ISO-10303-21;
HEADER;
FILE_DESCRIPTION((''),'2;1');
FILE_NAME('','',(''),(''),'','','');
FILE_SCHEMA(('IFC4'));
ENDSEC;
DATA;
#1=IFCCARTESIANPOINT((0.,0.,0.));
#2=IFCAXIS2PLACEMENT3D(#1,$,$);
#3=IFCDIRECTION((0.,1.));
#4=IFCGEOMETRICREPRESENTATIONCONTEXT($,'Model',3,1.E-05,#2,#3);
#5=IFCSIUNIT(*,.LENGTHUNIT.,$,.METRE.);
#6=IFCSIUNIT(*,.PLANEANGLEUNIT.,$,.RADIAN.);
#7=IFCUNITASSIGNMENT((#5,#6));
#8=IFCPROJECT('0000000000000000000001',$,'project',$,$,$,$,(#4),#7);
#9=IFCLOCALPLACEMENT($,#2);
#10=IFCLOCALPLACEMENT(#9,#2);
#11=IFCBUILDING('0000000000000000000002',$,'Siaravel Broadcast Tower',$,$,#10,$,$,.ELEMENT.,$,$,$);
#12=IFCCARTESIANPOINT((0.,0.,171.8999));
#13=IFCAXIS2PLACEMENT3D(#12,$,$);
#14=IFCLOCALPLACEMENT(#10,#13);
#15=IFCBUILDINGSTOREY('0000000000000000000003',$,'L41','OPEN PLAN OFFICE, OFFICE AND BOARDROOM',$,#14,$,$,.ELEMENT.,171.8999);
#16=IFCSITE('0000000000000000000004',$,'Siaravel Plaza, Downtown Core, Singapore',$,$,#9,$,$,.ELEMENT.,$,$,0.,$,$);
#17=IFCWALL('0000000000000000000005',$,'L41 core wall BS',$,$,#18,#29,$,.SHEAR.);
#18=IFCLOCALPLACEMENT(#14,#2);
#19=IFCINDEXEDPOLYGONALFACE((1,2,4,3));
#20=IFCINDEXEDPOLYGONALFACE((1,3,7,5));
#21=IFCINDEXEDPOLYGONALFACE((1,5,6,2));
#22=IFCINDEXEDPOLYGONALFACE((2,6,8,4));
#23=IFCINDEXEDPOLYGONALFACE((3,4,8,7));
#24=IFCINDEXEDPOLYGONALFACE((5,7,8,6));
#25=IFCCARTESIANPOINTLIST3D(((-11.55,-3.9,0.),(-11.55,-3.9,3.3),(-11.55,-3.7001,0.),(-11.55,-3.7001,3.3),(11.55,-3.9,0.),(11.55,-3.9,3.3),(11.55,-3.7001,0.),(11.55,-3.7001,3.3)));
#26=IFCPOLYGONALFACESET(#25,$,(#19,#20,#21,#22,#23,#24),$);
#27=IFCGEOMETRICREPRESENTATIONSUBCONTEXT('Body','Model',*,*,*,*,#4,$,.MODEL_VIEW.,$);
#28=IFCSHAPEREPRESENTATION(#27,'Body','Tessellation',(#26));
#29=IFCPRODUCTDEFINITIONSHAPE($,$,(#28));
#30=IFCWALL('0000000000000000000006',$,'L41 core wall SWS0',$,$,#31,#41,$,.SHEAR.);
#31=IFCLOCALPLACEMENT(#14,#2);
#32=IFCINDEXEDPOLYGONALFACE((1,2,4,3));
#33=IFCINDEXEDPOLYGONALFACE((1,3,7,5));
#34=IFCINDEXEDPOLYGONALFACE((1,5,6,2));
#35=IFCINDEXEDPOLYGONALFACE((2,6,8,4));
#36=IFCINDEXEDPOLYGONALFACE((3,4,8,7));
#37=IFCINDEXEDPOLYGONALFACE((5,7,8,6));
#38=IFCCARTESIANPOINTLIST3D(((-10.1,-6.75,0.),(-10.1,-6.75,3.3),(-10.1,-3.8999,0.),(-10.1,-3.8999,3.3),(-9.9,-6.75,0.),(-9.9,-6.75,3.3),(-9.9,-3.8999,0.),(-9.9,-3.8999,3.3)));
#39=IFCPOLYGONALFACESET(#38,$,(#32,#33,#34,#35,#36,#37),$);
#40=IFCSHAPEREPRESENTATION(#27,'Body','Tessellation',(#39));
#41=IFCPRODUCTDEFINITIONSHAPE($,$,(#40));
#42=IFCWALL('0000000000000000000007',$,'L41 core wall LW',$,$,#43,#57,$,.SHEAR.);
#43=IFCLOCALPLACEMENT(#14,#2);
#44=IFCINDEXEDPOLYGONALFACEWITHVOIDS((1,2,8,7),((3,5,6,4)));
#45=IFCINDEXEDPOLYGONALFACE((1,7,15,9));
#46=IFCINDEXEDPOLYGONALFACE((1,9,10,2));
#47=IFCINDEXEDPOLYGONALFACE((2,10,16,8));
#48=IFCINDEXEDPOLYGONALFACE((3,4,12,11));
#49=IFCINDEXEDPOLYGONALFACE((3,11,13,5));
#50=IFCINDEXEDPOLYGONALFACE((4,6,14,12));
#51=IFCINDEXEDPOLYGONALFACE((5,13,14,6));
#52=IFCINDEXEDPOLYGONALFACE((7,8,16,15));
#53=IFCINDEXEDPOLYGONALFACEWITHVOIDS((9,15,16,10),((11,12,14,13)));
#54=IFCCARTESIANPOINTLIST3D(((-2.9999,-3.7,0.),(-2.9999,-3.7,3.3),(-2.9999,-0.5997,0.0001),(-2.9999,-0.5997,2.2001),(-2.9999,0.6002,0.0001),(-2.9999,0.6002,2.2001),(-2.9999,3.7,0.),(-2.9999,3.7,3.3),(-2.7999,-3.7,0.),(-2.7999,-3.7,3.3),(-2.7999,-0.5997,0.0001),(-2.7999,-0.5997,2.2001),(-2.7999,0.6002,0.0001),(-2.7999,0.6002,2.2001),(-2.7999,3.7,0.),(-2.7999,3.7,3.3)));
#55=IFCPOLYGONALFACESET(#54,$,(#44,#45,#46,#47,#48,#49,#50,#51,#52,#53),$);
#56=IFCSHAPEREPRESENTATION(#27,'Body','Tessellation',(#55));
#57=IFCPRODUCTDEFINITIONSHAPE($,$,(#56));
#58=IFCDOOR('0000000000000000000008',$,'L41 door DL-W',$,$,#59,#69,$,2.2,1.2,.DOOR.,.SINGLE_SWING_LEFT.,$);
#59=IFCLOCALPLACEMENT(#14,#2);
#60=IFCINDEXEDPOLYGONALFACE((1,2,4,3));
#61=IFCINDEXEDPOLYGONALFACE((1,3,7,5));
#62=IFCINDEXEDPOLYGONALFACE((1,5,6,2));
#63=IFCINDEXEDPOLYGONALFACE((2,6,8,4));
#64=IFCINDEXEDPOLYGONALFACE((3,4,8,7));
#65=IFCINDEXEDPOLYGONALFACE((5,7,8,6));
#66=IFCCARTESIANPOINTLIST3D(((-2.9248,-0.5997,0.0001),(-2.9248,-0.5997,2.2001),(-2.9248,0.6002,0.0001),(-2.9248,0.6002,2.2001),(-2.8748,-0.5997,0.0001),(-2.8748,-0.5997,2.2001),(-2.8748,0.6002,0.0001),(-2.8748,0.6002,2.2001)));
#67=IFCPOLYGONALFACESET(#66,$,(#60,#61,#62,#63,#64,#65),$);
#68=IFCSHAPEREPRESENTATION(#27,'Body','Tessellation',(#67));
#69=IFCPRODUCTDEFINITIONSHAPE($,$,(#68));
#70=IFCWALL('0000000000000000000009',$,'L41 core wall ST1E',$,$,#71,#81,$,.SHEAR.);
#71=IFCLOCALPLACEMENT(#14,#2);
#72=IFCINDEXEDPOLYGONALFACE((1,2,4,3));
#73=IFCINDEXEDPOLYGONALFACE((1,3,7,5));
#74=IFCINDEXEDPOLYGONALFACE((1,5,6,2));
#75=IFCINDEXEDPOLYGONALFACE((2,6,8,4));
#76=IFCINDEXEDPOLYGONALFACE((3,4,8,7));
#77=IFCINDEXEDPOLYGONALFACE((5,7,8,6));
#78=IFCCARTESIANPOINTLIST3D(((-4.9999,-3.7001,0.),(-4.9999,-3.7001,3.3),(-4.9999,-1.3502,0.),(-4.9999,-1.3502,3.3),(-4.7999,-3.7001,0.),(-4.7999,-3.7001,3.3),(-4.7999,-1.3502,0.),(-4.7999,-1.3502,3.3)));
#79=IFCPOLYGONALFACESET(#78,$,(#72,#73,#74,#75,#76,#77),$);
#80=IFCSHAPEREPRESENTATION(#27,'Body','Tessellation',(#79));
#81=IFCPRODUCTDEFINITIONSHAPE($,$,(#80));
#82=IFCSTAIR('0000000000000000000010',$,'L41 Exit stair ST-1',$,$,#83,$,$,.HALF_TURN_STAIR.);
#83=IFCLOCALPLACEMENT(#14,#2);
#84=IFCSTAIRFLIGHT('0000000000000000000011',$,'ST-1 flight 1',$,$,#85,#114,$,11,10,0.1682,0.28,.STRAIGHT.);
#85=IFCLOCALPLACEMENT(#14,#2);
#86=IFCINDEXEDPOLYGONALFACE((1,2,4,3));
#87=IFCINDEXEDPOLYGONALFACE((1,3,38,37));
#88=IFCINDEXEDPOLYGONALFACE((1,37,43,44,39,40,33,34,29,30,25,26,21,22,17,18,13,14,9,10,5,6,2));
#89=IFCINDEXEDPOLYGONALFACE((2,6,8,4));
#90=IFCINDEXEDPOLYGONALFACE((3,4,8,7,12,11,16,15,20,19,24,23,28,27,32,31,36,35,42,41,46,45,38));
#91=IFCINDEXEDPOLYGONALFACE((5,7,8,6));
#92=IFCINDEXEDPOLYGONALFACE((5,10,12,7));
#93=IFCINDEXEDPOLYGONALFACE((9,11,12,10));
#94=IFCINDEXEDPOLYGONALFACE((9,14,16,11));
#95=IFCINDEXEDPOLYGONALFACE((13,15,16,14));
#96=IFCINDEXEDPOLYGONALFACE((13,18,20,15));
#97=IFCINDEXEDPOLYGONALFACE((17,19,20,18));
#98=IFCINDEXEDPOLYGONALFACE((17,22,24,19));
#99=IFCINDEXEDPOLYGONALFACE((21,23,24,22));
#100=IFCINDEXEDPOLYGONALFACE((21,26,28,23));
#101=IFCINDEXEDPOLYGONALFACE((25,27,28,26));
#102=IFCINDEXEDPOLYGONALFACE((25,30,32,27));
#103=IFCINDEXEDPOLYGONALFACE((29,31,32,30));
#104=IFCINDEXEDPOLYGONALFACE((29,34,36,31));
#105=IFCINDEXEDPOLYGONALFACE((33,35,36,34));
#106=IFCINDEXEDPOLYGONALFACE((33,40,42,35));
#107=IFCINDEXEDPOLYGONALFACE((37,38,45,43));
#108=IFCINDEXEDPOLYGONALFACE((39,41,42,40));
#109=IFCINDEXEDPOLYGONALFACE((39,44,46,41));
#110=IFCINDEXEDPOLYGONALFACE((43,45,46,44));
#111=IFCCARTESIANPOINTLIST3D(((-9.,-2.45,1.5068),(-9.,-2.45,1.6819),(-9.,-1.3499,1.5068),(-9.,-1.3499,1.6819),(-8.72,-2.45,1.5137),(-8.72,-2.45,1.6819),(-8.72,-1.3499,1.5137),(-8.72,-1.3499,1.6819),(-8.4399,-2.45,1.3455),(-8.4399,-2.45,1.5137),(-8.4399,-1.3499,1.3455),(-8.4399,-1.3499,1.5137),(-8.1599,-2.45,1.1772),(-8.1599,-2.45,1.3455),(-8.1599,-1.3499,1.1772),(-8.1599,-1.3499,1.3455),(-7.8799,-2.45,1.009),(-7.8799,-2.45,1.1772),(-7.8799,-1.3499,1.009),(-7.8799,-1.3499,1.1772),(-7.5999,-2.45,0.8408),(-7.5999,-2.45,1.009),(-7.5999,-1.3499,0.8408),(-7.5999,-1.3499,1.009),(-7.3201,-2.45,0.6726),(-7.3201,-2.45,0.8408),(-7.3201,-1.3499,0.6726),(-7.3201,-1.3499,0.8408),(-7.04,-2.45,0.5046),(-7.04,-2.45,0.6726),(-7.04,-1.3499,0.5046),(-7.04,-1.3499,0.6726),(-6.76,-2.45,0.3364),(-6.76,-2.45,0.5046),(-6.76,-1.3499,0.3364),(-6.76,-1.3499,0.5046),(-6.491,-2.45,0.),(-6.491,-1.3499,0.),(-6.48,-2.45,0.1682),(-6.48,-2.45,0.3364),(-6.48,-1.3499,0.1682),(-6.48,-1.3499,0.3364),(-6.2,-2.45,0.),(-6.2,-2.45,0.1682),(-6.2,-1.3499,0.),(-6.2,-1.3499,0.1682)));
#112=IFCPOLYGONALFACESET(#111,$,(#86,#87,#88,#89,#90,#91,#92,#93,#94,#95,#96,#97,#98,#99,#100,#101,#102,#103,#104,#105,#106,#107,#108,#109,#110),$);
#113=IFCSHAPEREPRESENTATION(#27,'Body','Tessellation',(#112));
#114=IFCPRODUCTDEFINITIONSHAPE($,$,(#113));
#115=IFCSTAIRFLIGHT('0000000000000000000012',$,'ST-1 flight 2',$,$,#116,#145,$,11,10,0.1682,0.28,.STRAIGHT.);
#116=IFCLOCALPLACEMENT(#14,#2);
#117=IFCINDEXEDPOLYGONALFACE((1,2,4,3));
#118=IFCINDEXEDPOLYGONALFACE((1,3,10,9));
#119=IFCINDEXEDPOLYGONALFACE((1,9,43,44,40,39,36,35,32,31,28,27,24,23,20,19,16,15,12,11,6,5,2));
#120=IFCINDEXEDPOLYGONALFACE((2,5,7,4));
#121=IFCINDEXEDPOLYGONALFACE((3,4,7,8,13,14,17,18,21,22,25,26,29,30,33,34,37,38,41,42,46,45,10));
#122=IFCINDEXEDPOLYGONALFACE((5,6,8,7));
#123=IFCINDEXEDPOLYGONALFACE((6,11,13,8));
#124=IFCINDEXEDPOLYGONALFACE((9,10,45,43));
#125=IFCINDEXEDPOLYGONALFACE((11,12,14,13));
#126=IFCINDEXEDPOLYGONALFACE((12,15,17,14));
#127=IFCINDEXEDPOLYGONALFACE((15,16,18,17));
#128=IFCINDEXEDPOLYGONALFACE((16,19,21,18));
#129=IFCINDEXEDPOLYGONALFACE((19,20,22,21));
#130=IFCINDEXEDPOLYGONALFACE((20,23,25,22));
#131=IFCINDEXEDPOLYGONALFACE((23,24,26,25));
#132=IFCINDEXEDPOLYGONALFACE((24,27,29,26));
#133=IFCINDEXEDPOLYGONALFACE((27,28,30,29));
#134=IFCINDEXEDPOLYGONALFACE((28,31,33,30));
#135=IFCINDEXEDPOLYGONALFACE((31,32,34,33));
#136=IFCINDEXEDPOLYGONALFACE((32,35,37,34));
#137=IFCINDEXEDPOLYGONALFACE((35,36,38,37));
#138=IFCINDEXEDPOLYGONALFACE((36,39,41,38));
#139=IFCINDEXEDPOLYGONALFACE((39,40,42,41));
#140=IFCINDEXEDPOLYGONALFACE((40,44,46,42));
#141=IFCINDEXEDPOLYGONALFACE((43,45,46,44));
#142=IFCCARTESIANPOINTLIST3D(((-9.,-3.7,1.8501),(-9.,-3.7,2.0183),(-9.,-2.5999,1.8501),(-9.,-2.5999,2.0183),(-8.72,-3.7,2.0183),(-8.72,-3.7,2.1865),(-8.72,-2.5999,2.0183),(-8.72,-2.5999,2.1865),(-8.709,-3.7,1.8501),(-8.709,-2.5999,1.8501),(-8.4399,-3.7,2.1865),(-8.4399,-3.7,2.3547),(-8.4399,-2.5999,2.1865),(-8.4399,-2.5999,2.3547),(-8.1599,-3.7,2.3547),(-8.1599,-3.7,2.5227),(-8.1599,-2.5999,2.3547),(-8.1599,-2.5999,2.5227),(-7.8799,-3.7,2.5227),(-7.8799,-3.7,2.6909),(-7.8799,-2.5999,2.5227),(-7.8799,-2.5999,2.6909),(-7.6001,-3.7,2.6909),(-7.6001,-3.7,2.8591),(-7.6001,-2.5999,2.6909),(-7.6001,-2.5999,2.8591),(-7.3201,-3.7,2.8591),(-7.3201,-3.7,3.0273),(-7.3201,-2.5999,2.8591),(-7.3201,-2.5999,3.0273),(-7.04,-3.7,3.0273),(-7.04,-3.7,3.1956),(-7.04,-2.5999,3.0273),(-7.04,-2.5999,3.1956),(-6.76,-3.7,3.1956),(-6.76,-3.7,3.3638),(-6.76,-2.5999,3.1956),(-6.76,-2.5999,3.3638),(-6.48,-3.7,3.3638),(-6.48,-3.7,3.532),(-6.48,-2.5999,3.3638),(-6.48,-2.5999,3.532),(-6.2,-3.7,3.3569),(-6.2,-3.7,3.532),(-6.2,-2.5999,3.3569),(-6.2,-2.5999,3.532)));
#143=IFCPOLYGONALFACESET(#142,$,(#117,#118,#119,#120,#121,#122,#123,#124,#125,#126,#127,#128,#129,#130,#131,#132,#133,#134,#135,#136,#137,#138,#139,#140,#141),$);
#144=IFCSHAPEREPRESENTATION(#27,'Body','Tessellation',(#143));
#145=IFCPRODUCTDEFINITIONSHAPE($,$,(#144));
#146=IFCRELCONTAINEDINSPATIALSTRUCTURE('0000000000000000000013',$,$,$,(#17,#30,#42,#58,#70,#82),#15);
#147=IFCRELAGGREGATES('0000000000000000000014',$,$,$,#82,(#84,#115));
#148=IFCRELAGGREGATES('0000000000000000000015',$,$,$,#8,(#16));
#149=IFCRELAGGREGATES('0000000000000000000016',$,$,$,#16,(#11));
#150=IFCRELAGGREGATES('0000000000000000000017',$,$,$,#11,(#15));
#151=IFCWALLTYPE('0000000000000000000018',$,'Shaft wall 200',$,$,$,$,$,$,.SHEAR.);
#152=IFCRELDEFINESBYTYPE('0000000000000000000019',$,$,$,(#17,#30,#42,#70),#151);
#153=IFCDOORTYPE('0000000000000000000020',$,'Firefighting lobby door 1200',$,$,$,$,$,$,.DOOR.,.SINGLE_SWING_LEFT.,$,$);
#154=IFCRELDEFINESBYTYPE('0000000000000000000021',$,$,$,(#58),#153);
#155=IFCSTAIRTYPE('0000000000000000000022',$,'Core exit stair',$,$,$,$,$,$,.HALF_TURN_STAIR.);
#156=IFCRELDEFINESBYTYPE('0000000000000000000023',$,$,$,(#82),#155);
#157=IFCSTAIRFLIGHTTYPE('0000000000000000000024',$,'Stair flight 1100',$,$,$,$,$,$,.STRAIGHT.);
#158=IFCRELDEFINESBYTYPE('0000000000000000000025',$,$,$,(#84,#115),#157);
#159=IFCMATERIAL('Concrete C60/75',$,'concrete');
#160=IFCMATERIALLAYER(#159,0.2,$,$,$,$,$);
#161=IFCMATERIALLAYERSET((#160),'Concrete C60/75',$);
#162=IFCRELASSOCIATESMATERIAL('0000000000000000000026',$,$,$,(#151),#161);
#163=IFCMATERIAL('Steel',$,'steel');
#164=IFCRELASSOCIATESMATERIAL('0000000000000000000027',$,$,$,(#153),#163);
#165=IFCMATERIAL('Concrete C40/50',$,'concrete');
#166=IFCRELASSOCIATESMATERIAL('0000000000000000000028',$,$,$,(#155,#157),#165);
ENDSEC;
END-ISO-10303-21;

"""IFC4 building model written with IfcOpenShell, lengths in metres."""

from ifc_helpers import new_model, si_unit, direction, frame, frame_2d, origin, place, context, subcontext, project, spatial, polyline, rectangle, outline, extrude, material, layer, layer_set, type_object, element, fill, aggregate, save


model = new_model("IFC4")

# Units and contexts
model_context = context("Model", 3, precision=1e-05, world=origin(), true_north=direction((0.0, 1.0)))
body_context = subcontext(model_context, "Body", "Model", "MODEL_VIEW")
ifc_project = project(units=[si_unit("LENGTHUNIT", "METRE"), si_unit("PLANEANGLEUNIT", "RADIAN")], contexts=[model_context])

# Site, building, storey
site_placement = place(None, origin())
site = spatial("IfcSite", under=ifc_project, at=site_placement, Name="Siaravel Plaza, Downtown Core, Singapore", CompositionType="ELEMENT", RefElevation=0.0)
building_placement = place(site_placement, origin())
building = spatial("IfcBuilding", under=site, at=building_placement, Name="Siaravel Broadcast Tower", CompositionType="ELEMENT")
storey_placement = place(building_placement, frame((0.0, 0.0, 171.8999)))
storey = spatial("IfcBuildingStorey", under=building, at=storey_placement, Name="L41", Description="OPEN PLAN OFFICE, OFFICE AND BOARDROOM", CompositionType="ELEMENT", Elevation=171.8999)

# Shared definitions
ifc_material_1 = material(Name="Concrete C60/75", Category="concrete")
ifc_material_2 = material(Name="Steel", Category="steel")

# Walls
ifc_layer_1 = layer(ifc_material_1, 0.2)
ifc_layer_set_1 = layer_set([ifc_layer_1], Name="Concrete C60/75")
wall_type_1 = type_object("IfcWallType", Name="Shaft wall 200", PredefinedType="SHEAR", material=ifc_layer_set_1)
wall_1_placement = place(storey_placement, frame((-11.55, -3.8, 0.0), z_axis=(0.0, 0.0, 1.0), x_axis=(1.0, 0.0, 0.0)))
element("IfcWall", 1, at=wall_1_placement, inside=storey, type_object=wall_type_1, Name="L41 core wall BS", PredefinedType="SHEAR", context=body_context, shape_type="SweptSolid", body=[
    extrude(rectangle(XDim=23.1001, YDim=0.2, at=frame_2d((11.55, 0.0))), origin(), (0.0, 0.0, 1.0), 3.3),
])
wall_2_placement = place(storey_placement, frame((-10.0, -6.75, 0.0), z_axis=(0.0, 0.0, 1.0), x_axis=(0.0, 1.0, 0.0)))
element("IfcWall", 2, at=wall_2_placement, inside=storey, type_object=wall_type_1, Name="L41 core wall SWS0", PredefinedType="SHEAR", context=body_context, shape_type="SweptSolid", body=[
    extrude(rectangle(XDim=2.8501, YDim=0.2, at=frame_2d((1.425, 0.0))), origin(), (0.0, 0.0, 1.0), 3.3),
])

# Wall, opening, door
wall_3_placement = place(storey_placement, frame((-2.8999, -3.7, 0.0), z_axis=(0.0, 0.0, 1.0), x_axis=(0.0, 1.0, 0.0)))
wall_3 = element("IfcWall", 3, at=wall_3_placement, inside=storey, type_object=wall_type_1, Name="L41 core wall LW", PredefinedType="SHEAR", context=body_context, shape_type="SweptSolid", body=[
    extrude(rectangle(XDim=7.3999, YDim=0.2, at=frame_2d((3.7, 0.0))), origin(), (0.0, 0.0, 1.0), 3.3),
])
opening_1_placement = place(wall_3_placement, frame((3.1001, 0.0, 0.0)))
opening_1 = element("IfcOpeningElement", 4, at=opening_1_placement, cuts=wall_3, PredefinedType="OPENING", context=body_context, shape_type="SweptSolid", body=[
    extrude(rectangle(XDim=1.2, YDim=2.2, at=frame_2d((0.6001, 1.1001))), frame((0.0, 0.1099, 0.0), z_axis=(0.0, -1.0, 0.0), x_axis=(1.0, 0.0, 0.0)), (0.0, 0.0, 1.0), 0.22),
])
door_type_1 = type_object("IfcDoorType", Name="Firefighting lobby door 1200", OperationType="SINGLE_SWING_LEFT", PredefinedType="DOOR", material=ifc_material_2)
door_1_placement = place(opening_1_placement, origin())
door_1 = element("IfcDoor", 5, at=door_1_placement, inside=storey, type_object=door_type_1, Name="L41 door DL-W", OperationType="SINGLE_SWING_LEFT", OverallHeight=2.2, OverallWidth=1.2, PredefinedType="DOOR", context=body_context, shape_type="SweptSolid", body=[
    extrude(rectangle(XDim=1.2, YDim=2.2, at=frame_2d((0.6001, 1.1001))), frame((0.0, 0.0249, 0.0), z_axis=(0.0, -1.0, 0.0), x_axis=(1.0, 0.0, 0.0)), (0.0, 0.0, 1.0), 0.05),
])
fill(opening_1, door_1)

# Wall
wall_4_placement = place(storey_placement, frame((-4.8999, -3.7, 0.0), z_axis=(0.0, 0.0, 1.0), x_axis=(0.0, 1.0, 0.0)))
element("IfcWall", 6, at=wall_4_placement, inside=storey, type_object=wall_type_1, Name="L41 core wall ST1E", PredefinedType="SHEAR", context=body_context, shape_type="SweptSolid", body=[
    extrude(rectangle(XDim=2.3499, YDim=0.2, at=frame_2d((1.1748, 0.0))), origin(), (0.0, 0.0, 1.0), 3.3),
])

# Stair, stair flights
ifc_material_3 = material(Name="Concrete C40/50", Category="concrete")
stair_type = type_object("IfcStairType", Name="Core exit stair", PredefinedType="HALF_TURN_STAIR", material=ifc_material_3)
stair_placement = place(storey_placement, origin())
stair = element("IfcStair", 7, at=stair_placement, inside=storey, type_object=stair_type, Name="L41 Exit stair ST-1", PredefinedType="HALF_TURN_STAIR")
stair_flight_type = type_object("IfcStairFlightType", Name="Stair flight 1100", PredefinedType="STRAIGHT", material=ifc_material_3)
stair_flight_1_placement = place(storey_placement, frame((-6.2, -1.8999, 0.0), z_axis=(0.0, 0.0, 1.0), x_axis=(-1.0, 0.0, 0.0)))
stair_flight_1 = element("IfcStairFlight", 8, at=stair_flight_1_placement, type_object=stair_flight_type, Name="ST-1 flight 1", NumberOfRisers=11, NumberOfTreads=10, PredefinedType="STRAIGHT", RiserHeight=0.1682, TreadLength=0.28, context=body_context, shape_type="SweptSolid", body=[
    extrude(outline(polyline([(0.0, 0.0), (0.0, 0.1682), (0.28, 0.1682), (0.28, 0.3364), (0.5601, 0.3364), (0.5601, 0.5046), (0.8401, 0.5046), (0.8401, 0.6726), (1.1201, 0.6726), (1.1201, 0.8408), (1.3999, 0.8408), (1.3999, 1.009), (1.6799, 1.009), (1.6799, 1.1772), (1.96, 1.1772), (1.96, 1.3455), (2.24, 1.3455), (2.24, 1.5137), (2.52, 1.5137), (2.52, 1.6819), (2.8, 1.6819), (2.8, 1.8501), (2.8, 1.5068), (0.291, 0.0), (0.0, 0.0)])), frame((0.0, 0.55, 0.0), z_axis=(0.0, -1.0, 0.0), x_axis=(1.0, 0.0, 0.0)), (0.0, 0.0, 1.0), 1.1001),
])
stair_flight_2_placement = place(storey_placement, frame((-9.0, -3.1499, 1.8501), z_axis=(0.0, 0.0, 1.0), x_axis=(1.0, 0.0, 0.0)))
stair_flight_2 = element("IfcStairFlight", 9, at=stair_flight_2_placement, type_object=stair_flight_type, Name="ST-1 flight 2", NumberOfRisers=11, NumberOfTreads=10, PredefinedType="STRAIGHT", RiserHeight=0.1682, TreadLength=0.28, context=body_context, shape_type="SweptSolid", body=[
    extrude(outline(polyline([(0.0, 0.0), (0.0, 0.1682), (0.28, 0.1682), (0.28, 0.3364), (0.5601, 0.3364), (0.5601, 0.5046), (0.8401, 0.5046), (0.8401, 0.6726), (1.1201, 0.6726), (1.1201, 0.8408), (1.3999, 0.8408), (1.3999, 1.009), (1.6799, 1.009), (1.6799, 1.1772), (1.96, 1.1772), (1.96, 1.3455), (2.24, 1.3455), (2.24, 1.5137), (2.52, 1.5137), (2.52, 1.6819), (2.8, 1.6819), (2.8, 1.8501), (2.8, 1.5068), (0.291, 0.0), (0.0, 0.0)])), frame((0.0, 0.55, 0.0), z_axis=(0.0, -1.0, 0.0), x_axis=(1.0, 0.0, 0.0)), (0.0, 0.0, 1.0), 1.1001),
])
aggregate(stair, [stair_flight_1, stair_flight_2])

save(model, "model.ifc")
